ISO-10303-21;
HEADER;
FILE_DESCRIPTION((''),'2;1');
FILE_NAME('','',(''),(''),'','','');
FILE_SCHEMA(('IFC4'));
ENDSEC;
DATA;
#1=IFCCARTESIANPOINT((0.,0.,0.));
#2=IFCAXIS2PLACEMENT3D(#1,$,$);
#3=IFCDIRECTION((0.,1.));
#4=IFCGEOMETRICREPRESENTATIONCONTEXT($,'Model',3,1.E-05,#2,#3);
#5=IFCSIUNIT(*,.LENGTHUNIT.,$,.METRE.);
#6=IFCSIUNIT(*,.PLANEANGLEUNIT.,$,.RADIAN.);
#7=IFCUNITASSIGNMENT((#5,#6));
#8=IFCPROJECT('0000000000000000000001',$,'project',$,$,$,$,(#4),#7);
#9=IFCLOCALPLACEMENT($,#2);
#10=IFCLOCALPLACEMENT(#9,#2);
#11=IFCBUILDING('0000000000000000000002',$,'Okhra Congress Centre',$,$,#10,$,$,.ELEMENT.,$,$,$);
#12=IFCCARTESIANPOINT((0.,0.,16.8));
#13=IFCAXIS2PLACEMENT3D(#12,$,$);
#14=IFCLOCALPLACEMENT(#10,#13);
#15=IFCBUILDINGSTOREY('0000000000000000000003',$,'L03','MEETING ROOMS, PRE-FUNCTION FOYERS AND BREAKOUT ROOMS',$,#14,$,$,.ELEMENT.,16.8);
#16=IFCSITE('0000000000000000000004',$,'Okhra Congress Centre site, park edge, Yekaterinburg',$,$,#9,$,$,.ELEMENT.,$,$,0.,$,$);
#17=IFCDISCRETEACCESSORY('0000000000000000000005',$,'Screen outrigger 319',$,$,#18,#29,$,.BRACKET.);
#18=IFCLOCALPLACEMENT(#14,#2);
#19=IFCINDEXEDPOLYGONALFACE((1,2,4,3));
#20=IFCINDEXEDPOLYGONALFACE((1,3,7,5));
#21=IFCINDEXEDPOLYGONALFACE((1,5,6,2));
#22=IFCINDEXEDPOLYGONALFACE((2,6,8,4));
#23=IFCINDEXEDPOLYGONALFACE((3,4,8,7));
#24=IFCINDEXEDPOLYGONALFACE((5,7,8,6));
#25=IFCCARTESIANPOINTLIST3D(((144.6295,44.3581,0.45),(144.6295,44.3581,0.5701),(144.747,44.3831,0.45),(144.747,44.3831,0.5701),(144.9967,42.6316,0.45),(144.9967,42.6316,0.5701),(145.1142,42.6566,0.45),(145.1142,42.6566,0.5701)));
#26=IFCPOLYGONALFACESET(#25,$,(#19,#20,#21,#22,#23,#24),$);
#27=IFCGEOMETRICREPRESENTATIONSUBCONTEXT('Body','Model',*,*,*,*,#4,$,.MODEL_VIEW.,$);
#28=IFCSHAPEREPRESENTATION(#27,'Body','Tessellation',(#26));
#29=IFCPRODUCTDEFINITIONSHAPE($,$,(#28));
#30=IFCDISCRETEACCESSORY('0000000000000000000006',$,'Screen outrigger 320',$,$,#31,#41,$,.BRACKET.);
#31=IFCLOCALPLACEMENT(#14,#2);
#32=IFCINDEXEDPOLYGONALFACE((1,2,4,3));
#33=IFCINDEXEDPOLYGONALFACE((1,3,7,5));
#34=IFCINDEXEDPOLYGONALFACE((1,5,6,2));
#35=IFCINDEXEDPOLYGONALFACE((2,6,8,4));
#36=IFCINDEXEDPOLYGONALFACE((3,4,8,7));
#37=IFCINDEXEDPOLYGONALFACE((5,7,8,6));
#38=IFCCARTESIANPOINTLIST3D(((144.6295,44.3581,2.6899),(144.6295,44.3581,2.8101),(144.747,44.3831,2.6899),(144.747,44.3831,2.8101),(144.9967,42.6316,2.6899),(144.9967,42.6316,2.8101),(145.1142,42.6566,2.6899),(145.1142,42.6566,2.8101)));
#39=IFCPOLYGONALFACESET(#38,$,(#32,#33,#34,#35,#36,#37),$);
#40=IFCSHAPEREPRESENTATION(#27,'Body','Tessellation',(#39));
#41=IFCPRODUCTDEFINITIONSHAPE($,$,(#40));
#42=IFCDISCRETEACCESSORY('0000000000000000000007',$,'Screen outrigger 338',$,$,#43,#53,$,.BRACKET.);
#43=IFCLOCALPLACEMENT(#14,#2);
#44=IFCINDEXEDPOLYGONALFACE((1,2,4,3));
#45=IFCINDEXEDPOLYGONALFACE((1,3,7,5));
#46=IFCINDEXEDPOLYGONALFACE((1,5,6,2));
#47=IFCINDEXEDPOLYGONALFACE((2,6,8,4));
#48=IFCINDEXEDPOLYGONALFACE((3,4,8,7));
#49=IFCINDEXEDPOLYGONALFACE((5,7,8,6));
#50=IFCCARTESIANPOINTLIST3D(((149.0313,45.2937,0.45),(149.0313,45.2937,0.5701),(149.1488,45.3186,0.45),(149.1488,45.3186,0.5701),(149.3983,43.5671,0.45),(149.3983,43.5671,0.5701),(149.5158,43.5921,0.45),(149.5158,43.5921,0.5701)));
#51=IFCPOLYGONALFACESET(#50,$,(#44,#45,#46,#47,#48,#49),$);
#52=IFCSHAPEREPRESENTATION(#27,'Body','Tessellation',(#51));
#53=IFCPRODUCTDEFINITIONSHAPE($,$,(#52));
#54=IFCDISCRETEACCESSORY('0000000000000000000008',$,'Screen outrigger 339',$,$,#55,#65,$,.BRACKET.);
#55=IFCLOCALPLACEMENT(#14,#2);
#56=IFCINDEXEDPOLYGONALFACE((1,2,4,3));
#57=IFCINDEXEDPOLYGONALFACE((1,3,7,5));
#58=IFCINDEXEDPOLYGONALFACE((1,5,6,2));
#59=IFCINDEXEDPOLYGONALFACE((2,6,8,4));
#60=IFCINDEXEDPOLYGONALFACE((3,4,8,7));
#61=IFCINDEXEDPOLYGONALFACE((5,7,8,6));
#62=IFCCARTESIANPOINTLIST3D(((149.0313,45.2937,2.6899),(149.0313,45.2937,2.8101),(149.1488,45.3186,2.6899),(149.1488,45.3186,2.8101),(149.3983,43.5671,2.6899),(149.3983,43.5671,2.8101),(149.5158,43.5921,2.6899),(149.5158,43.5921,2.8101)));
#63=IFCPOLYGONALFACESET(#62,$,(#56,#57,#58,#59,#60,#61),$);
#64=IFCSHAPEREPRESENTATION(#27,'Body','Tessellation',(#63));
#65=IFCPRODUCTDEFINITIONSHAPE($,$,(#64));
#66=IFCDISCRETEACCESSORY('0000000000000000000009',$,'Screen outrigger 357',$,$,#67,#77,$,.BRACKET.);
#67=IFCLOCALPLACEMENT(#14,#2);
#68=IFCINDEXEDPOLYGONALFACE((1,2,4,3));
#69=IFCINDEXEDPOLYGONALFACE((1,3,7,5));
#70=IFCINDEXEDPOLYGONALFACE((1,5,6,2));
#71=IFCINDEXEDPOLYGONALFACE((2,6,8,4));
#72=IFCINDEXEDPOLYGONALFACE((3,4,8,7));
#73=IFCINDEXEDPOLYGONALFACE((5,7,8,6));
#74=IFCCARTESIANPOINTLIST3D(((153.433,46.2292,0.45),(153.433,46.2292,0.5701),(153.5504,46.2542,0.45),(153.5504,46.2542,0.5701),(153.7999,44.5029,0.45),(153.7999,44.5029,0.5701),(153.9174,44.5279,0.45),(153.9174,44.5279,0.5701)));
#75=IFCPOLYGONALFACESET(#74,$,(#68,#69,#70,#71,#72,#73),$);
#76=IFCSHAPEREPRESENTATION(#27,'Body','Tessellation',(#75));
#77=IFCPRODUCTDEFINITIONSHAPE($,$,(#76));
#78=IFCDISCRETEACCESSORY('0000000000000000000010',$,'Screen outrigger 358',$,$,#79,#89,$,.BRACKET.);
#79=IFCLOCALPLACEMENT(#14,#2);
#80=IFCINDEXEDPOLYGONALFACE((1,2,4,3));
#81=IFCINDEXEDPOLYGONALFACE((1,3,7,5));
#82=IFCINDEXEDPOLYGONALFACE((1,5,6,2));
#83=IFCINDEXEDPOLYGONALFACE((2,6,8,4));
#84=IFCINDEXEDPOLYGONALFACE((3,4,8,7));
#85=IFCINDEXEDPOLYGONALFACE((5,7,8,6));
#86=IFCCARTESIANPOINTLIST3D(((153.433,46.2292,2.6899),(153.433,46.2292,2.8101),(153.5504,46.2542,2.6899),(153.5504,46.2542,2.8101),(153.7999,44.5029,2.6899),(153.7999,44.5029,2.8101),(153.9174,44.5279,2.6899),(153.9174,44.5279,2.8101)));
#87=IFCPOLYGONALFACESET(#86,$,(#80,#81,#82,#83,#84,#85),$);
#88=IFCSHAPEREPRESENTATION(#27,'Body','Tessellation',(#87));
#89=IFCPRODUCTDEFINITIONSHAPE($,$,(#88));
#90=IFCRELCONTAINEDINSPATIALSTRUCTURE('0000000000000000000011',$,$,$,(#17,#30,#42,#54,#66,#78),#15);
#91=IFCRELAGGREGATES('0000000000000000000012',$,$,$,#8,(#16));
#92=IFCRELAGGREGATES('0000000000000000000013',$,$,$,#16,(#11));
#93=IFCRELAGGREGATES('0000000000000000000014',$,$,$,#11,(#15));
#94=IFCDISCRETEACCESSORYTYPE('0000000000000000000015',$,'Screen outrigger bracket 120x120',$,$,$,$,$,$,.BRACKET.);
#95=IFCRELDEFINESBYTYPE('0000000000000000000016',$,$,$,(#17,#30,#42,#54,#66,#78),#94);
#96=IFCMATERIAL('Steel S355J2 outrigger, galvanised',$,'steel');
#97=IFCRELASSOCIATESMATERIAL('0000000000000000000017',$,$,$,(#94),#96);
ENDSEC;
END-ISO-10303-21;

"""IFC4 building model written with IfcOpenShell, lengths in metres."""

from ifc_helpers import new_model, si_unit, direction, frame, origin, origin_2d, place, context, subcontext, project, spatial, rectangle, extrude, material, material_profile, profile_set, type_object, element, save


model = new_model("IFC4")

# Units and contexts
model_context = context("Model", 3, precision=1e-05, world=origin(), true_north=direction((0.0, 1.0)))
body_context = subcontext(model_context, "Body", "Model", "MODEL_VIEW")
ifc_project = project(units=[si_unit("LENGTHUNIT", "METRE"), si_unit("PLANEANGLEUNIT", "RADIAN")], contexts=[model_context])

# Site, building, storey
site_placement = place(None, origin())
site = spatial("IfcSite", under=ifc_project, at=site_placement, Name="Okhra Congress Centre site, park edge, Yekaterinburg", CompositionType="ELEMENT", RefElevation=0.0)
building_placement = place(site_placement, origin())
building = spatial("IfcBuilding", under=site, at=building_placement, Name="Okhra Congress Centre", CompositionType="ELEMENT")
storey_placement = place(building_placement, frame((0.0, 0.0, 16.8)))
storey = spatial("IfcBuildingStorey", under=building, at=storey_placement, Name="L03", Description="MEETING ROOMS, PRE-FUNCTION FOYERS AND BREAKOUT ROOMS", CompositionType="ELEMENT", Elevation=16.8)

# Discrete accessories
ifc_material_1 = material(Name="Steel S355J2 outrigger, galvanised", Category="steel")
ifc_material_profile_1 = material_profile(ifc_material_1, rectangle(XDim=0.1201, YDim=0.1201, at=origin_2d()), Name="Screen outrigger bracket 120x120")
ifc_profile_set_1 = profile_set([ifc_material_profile_1], Name="Steel S355J2 outrigger, galvanised")
discrete_accessory_type = type_object("IfcDiscreteAccessoryType", Name="Screen outrigger bracket 120x120", PredefinedType="BRACKET", material=ifc_profile_set_1)
for number, where, z_axis, x_axis, name in (
    (1, (144.6882, 44.3706, 0.51), (0.208018, -0.978125, 0.0), (0.978125, 0.208018, 0.0), "Screen outrigger 319"),
    (2, (144.6882, 44.3706, 2.75), (0.208018, -0.978125, 0.0), (0.978125, 0.208018, 0.0), "Screen outrigger 320"),
    (3, (149.0901, 45.3062, 0.51), (0.207885, -0.978153, 0.0), (0.978153, 0.207885, 0.0), "Screen outrigger 338"),
    (4, (149.0901, 45.3062, 2.75), (0.207885, -0.978153, 0.0), (0.978153, 0.207885, 0.0), "Screen outrigger 339"),
):
    element("IfcDiscreteAccessory", number, at=place(storey_placement, frame(where, z_axis=z_axis, x_axis=x_axis)), inside=storey, type_object=discrete_accessory_type, Name=name, PredefinedType="BRACKET", context=body_context, shape_type="SweptSolid", body=[
        extrude(rectangle(XDim=0.1201, YDim=0.1201, at=origin_2d()), origin(), (0.0, 0.0, 1.0), 1.7651),
    ])
for number, where, z_axis, x_axis, name in (
    (5, (153.4917, 46.2417, 0.51), (0.207913, -0.978147, 0.0), (0.978147, 0.207913, 0.0), "Screen outrigger 357"),
    (6, (153.4917, 46.2417, 2.75), (0.207913, -0.978147, 0.0), (0.978147, 0.207913, 0.0), "Screen outrigger 358"),
):
    element("IfcDiscreteAccessory", number, at=place(storey_placement, frame(where, z_axis=z_axis, x_axis=x_axis)), inside=storey, type_object=discrete_accessory_type, Name=name, PredefinedType="BRACKET", context=body_context, shape_type="SweptSolid", body=[
        extrude(rectangle(XDim=0.1201, YDim=0.1201, at=origin_2d()), origin(), (0.0, 0.0, 1.0), 1.7649),
    ])

save(model, "model.ifc")
